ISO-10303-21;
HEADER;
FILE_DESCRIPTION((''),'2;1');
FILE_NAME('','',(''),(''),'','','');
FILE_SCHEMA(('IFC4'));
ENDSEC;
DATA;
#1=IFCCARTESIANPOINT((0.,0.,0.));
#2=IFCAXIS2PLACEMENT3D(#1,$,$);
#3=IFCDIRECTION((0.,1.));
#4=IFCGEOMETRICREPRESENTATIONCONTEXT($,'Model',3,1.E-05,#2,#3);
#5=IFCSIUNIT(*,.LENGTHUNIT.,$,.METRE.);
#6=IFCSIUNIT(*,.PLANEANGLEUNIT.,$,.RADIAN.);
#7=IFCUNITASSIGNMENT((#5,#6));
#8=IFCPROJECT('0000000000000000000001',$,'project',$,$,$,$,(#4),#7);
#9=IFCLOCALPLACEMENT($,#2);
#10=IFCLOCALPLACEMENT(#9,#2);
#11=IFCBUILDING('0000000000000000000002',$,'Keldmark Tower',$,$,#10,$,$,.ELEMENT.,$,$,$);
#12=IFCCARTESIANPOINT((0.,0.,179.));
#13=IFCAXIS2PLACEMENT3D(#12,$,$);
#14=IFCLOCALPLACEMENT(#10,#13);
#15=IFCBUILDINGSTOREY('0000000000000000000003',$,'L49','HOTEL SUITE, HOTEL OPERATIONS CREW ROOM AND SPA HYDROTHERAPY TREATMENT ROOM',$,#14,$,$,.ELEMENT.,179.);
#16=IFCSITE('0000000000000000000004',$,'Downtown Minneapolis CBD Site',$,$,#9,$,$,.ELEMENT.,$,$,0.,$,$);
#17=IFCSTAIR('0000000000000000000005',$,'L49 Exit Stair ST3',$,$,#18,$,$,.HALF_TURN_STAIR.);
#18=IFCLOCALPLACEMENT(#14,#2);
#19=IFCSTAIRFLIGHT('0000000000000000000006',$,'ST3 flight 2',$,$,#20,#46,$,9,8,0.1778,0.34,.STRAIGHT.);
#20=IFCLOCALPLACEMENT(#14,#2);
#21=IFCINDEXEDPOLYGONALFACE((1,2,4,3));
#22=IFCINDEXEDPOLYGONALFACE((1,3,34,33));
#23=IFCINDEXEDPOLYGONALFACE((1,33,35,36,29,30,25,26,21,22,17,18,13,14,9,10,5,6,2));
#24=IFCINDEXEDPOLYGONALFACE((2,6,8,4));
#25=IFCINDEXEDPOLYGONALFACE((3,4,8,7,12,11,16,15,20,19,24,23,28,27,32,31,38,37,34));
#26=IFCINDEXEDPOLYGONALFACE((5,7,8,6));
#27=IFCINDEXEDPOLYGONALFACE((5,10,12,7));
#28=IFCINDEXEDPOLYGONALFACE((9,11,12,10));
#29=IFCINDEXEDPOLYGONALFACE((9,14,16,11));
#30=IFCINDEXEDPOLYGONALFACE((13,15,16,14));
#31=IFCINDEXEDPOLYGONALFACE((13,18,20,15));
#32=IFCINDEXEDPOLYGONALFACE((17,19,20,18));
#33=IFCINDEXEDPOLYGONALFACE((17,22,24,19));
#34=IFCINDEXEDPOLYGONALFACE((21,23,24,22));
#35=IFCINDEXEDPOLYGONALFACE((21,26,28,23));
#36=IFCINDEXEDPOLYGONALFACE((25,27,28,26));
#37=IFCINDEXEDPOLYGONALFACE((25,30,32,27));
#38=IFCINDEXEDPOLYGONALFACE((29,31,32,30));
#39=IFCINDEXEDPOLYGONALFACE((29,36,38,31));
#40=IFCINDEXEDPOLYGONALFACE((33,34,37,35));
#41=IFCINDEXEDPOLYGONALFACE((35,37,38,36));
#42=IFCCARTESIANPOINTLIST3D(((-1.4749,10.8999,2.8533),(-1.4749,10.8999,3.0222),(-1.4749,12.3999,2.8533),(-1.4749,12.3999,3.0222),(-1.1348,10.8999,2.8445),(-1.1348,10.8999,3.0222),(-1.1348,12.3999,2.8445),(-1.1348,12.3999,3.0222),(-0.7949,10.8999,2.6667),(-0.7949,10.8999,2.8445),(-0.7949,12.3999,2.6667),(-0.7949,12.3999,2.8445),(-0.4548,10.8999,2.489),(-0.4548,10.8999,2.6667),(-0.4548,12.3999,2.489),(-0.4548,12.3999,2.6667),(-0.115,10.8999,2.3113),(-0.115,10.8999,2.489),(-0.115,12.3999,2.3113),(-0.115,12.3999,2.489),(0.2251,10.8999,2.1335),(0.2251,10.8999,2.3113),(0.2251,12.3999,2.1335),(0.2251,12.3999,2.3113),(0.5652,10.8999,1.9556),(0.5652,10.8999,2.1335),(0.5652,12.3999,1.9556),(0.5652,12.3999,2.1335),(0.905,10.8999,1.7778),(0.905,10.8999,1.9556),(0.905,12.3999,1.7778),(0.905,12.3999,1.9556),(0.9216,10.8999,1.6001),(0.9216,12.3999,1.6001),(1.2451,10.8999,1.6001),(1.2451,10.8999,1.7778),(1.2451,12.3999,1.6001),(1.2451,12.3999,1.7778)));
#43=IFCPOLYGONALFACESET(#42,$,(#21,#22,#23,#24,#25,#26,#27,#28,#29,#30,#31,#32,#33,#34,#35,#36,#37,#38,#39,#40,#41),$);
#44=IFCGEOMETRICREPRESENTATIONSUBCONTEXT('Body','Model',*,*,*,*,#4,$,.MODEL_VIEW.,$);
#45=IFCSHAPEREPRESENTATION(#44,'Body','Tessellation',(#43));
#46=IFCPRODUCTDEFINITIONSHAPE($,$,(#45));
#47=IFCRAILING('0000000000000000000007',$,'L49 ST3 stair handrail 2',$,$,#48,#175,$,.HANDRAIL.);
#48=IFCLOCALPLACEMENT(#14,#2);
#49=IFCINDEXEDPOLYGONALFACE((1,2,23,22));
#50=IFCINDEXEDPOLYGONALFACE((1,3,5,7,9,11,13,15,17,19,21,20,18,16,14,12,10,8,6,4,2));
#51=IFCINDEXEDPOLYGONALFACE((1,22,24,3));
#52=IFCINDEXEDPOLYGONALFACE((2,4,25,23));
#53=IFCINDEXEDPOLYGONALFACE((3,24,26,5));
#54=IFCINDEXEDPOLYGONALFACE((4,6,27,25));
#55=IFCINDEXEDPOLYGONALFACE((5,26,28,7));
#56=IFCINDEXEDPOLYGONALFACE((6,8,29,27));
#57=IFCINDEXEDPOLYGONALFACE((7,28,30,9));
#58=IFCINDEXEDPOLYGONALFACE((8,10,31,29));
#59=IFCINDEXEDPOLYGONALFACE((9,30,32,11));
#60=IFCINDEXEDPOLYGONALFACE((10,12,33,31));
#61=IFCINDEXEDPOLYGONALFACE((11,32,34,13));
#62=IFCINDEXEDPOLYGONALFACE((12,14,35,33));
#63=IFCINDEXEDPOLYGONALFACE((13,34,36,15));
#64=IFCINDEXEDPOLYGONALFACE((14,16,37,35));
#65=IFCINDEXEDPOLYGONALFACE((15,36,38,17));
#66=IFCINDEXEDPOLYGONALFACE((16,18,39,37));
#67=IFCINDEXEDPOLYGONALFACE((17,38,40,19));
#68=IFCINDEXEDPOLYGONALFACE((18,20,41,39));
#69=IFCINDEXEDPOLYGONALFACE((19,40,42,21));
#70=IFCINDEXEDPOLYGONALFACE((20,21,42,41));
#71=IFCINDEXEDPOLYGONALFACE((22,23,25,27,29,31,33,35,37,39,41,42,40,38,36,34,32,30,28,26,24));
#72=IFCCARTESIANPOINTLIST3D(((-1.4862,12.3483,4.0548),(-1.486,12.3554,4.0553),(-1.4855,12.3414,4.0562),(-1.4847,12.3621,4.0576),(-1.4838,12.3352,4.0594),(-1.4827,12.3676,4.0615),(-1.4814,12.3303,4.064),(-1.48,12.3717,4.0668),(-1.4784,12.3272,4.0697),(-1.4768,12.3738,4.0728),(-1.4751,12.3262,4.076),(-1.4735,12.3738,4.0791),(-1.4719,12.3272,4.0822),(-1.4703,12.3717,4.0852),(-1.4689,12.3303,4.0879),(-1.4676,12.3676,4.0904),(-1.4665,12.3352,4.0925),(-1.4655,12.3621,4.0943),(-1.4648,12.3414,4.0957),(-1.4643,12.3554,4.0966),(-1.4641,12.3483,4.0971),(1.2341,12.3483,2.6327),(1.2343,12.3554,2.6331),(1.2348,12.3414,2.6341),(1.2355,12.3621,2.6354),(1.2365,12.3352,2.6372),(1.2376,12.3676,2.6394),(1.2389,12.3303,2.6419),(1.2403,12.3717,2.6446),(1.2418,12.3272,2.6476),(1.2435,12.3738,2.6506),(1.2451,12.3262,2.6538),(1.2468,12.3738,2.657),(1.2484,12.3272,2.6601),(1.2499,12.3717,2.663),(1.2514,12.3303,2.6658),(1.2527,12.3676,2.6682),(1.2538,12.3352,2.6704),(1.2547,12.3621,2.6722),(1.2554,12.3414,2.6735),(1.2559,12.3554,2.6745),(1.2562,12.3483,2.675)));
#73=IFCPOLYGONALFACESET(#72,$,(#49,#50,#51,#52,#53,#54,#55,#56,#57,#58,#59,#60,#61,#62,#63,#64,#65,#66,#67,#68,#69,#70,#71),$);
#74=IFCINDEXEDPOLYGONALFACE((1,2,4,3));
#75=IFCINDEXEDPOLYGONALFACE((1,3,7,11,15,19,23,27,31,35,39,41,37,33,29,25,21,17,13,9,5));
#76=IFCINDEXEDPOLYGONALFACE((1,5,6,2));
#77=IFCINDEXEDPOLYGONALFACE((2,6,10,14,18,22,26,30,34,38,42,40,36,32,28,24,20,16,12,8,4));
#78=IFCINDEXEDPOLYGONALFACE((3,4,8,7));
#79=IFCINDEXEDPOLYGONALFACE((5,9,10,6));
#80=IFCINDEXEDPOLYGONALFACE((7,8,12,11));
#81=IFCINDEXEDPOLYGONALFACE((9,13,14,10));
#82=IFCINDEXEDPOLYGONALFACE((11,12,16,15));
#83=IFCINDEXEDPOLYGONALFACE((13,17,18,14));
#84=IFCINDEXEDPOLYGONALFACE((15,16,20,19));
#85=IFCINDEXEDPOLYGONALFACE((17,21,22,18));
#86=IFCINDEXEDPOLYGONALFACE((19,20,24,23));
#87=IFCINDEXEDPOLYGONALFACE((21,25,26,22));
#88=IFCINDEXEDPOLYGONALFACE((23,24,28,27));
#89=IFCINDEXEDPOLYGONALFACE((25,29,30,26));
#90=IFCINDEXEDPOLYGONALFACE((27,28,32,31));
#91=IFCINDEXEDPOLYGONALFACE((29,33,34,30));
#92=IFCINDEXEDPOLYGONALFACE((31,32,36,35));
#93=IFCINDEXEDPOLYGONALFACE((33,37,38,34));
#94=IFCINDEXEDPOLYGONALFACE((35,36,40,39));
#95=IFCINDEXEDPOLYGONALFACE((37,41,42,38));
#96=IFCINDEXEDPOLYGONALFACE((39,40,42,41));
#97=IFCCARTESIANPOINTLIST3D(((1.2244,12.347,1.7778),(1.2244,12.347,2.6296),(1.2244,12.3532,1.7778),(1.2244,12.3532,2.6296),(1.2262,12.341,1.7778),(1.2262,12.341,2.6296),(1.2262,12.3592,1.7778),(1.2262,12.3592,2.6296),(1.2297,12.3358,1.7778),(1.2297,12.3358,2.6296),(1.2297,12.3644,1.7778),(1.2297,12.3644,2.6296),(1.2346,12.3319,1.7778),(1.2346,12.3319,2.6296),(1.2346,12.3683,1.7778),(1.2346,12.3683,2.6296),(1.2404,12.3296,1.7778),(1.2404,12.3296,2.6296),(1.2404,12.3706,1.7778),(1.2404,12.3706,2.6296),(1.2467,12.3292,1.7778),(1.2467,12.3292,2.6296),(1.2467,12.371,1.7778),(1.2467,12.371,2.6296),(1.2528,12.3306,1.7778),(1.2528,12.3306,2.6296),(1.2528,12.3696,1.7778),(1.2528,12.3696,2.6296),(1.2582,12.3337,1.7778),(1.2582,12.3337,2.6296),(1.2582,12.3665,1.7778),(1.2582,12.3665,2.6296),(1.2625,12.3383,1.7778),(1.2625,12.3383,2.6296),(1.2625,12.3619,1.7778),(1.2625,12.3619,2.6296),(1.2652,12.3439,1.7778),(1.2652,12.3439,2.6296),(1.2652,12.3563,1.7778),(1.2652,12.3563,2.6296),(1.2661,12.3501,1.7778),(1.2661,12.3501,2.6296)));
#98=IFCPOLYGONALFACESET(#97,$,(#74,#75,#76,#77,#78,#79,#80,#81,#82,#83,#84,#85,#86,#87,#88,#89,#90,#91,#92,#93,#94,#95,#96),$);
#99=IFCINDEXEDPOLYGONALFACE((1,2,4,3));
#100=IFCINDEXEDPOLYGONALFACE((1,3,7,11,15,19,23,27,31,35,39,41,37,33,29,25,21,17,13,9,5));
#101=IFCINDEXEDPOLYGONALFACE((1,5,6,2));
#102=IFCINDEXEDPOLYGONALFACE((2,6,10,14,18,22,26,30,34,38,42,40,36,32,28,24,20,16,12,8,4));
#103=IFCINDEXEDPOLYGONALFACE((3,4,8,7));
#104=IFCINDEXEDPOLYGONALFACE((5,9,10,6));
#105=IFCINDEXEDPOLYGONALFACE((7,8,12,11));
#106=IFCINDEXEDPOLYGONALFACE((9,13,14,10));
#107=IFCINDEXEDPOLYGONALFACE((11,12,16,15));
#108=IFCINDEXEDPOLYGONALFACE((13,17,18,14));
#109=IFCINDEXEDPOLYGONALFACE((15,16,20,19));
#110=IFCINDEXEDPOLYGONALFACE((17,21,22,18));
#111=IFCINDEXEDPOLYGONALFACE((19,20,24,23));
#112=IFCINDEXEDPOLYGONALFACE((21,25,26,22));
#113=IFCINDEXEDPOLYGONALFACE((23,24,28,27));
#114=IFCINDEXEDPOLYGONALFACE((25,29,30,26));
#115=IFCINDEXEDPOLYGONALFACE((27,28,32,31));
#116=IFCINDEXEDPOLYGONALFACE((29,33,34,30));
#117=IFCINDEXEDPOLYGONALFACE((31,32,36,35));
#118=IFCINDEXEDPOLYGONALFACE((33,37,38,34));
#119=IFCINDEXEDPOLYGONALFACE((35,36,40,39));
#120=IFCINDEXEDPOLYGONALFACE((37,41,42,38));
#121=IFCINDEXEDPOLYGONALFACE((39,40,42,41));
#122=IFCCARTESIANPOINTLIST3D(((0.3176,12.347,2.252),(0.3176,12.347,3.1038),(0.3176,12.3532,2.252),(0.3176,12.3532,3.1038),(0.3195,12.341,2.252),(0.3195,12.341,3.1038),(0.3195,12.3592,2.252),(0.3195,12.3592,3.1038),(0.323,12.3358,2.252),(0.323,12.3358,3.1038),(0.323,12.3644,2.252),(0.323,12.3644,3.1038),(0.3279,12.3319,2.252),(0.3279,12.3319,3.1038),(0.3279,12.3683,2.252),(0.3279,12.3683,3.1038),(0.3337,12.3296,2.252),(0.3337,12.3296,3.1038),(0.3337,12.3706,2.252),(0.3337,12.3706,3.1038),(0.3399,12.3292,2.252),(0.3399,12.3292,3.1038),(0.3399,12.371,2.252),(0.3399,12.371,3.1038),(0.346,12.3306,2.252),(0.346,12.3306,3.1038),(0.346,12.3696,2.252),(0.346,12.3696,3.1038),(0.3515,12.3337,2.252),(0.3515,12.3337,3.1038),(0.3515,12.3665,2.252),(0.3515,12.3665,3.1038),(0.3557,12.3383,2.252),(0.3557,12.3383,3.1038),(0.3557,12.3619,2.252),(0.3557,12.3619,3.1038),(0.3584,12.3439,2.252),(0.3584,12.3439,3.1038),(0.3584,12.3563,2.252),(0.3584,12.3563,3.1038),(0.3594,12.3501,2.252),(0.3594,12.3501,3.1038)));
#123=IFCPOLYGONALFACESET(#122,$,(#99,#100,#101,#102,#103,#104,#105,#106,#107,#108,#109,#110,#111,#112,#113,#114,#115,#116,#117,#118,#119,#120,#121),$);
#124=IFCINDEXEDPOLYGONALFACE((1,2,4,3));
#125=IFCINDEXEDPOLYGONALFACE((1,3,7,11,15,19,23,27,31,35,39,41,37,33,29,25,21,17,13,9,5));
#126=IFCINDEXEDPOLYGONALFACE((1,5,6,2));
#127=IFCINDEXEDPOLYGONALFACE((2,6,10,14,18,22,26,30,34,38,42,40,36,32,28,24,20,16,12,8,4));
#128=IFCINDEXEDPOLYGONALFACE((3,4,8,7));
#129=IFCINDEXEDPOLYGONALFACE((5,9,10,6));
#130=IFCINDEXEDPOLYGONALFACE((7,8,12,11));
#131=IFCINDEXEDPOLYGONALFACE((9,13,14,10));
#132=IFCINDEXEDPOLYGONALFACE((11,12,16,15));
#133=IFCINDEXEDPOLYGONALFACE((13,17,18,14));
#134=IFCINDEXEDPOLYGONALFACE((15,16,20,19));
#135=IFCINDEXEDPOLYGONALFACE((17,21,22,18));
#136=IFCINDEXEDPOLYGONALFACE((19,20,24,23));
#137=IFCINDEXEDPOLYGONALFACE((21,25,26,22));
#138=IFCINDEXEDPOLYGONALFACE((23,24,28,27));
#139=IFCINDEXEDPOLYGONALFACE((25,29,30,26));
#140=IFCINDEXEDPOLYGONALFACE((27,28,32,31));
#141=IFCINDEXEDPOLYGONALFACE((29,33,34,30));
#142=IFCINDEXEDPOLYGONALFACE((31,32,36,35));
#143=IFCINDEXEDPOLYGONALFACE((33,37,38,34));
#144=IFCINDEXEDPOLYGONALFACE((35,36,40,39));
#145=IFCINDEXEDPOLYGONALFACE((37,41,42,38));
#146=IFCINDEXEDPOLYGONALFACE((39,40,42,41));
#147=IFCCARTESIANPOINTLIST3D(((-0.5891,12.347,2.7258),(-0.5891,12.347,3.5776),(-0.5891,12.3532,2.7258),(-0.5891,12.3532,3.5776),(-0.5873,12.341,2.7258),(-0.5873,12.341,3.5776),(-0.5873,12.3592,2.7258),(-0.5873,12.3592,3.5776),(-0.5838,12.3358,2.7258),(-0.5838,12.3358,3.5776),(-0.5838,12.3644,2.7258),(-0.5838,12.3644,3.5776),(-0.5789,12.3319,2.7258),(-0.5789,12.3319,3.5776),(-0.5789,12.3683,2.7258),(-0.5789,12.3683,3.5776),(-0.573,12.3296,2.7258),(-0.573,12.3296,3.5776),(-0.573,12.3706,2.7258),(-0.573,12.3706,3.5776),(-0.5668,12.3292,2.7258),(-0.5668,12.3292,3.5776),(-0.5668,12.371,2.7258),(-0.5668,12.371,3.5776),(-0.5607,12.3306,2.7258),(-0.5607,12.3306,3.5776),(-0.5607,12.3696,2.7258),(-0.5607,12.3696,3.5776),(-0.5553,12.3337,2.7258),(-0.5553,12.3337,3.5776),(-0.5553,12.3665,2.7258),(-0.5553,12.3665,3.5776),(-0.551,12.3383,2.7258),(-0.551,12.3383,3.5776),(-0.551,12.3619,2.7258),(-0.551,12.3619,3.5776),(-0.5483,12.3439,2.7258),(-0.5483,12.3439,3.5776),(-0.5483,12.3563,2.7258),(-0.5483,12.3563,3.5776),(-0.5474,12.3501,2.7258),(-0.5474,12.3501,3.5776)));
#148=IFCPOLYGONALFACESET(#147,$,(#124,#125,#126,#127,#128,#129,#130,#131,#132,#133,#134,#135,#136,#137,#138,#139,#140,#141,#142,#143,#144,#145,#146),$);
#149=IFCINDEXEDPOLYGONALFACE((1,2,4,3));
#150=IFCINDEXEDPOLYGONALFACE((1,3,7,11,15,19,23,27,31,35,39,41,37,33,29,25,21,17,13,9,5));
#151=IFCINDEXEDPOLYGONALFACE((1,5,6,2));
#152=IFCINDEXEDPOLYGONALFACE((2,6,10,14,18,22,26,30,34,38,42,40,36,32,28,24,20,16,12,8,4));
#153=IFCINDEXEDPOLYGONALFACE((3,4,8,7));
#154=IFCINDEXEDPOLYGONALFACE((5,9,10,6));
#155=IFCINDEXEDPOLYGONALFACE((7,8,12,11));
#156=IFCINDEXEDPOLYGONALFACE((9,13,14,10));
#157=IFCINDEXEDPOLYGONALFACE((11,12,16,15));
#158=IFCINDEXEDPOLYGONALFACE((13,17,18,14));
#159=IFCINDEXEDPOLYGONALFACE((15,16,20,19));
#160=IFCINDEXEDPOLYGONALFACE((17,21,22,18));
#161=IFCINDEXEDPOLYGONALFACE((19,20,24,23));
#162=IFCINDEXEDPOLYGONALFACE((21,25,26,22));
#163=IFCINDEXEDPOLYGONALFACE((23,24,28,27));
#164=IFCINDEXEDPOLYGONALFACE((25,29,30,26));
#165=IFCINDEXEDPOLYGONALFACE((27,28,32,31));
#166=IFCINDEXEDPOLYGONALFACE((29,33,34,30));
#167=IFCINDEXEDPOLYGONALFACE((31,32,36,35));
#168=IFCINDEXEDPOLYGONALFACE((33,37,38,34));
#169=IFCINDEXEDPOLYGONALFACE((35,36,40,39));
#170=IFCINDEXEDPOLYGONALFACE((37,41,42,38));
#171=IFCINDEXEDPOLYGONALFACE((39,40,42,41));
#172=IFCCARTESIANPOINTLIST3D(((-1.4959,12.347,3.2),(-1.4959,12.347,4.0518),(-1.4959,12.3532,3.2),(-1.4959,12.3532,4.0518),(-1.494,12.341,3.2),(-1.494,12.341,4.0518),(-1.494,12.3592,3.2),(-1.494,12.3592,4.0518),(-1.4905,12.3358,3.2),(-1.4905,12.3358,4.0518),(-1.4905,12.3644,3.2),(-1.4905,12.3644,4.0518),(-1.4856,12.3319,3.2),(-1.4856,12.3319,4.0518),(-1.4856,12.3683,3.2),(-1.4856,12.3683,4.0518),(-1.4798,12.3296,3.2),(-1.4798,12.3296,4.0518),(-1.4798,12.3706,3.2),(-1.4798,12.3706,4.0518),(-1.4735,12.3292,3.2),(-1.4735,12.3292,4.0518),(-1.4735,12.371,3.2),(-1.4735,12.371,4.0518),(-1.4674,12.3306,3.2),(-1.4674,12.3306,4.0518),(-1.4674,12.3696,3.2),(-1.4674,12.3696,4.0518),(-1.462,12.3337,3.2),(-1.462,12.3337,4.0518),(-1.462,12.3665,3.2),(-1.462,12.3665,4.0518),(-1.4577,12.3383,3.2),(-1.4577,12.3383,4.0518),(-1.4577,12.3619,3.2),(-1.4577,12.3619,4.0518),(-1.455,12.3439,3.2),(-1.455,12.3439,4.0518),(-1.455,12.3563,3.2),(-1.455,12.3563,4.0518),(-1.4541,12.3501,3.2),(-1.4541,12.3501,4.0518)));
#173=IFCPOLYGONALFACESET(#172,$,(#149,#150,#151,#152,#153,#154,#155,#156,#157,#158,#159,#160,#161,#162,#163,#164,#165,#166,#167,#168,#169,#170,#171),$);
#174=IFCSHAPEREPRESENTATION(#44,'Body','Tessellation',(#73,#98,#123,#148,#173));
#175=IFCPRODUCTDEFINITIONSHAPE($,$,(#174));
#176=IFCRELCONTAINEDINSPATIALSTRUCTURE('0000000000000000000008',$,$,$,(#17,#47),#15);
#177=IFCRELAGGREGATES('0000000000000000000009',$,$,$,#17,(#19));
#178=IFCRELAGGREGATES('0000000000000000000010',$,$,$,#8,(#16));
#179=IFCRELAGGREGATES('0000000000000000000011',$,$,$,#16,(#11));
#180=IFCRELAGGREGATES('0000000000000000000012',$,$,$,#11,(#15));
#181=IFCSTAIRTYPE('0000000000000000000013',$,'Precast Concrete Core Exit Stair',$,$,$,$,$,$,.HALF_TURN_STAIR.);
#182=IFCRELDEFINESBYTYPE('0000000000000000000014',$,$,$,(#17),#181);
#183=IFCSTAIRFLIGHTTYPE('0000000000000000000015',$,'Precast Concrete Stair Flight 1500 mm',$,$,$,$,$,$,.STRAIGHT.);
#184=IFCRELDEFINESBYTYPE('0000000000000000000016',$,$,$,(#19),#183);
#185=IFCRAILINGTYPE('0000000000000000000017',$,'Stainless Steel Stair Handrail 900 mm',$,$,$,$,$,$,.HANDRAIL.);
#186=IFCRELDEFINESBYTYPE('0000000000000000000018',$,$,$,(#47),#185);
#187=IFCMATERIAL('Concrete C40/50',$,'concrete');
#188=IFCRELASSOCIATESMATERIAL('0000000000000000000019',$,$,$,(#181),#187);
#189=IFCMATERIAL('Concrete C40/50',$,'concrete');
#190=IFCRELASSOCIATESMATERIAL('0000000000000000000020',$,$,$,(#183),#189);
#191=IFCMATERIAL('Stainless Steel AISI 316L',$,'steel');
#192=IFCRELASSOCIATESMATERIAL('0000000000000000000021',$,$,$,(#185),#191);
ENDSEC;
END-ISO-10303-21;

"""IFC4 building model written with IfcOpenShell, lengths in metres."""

from ifc_helpers import new_model, si_unit, direction, frame, origin, origin_2d, place, context, subcontext, project, spatial, polyline, circle, outline, extrude, material, type_object, element, aggregate, save


model = new_model("IFC4")

# Units and contexts
model_context = context("Model", 3, precision=1e-05, world=origin(), true_north=direction((0.0, 1.0)))
body_context = subcontext(model_context, "Body", "Model", "MODEL_VIEW")
ifc_project = project(units=[si_unit("LENGTHUNIT", "METRE"), si_unit("PLANEANGLEUNIT", "RADIAN")], contexts=[model_context])

# Site, building, storey
site_placement = place(None, origin())
site = spatial("IfcSite", under=ifc_project, at=site_placement, Name="Downtown Minneapolis CBD Site", CompositionType="ELEMENT", RefElevation=0.0)
building_placement = place(site_placement, origin())
building = spatial("IfcBuilding", under=site, at=building_placement, Name="Keldmark Tower", CompositionType="ELEMENT")
storey_placement = place(building_placement, frame((0.0, 0.0, 179.0)))
storey = spatial("IfcBuildingStorey", under=building, at=storey_placement, Name="L49", Description="HOTEL SUITE, HOTEL OPERATIONS CREW ROOM AND SPA HYDROTHERAPY TREATMENT ROOM", CompositionType="ELEMENT", Elevation=179.0)

# Stair, stair flight
ifc_material_1 = material(Name="Concrete C40/50", Category="concrete")
stair_type = type_object("IfcStairType", Name="Precast Concrete Core Exit Stair", PredefinedType="HALF_TURN_STAIR", material=ifc_material_1)
stair_placement = place(storey_placement, origin())
stair = element("IfcStair", 1, at=stair_placement, inside=storey, type_object=stair_type, Name="L49 Exit Stair ST3", PredefinedType="HALF_TURN_STAIR")
ifc_material_2 = material(Name="Concrete C40/50", Category="concrete")
stair_flight_type = type_object("IfcStairFlightType", Name="Precast Concrete Stair Flight 1500 mm", PredefinedType="STRAIGHT", material=ifc_material_2)
stair_flight_placement = place(storey_placement, frame((1.2451, 11.6499, 1.6001), z_axis=(0.0, 0.0, 1.0), x_axis=(-1.0, 0.0, 0.0)))
stair_flight = element("IfcStairFlight", 2, at=stair_flight_placement, type_object=stair_flight_type, Name="ST3 flight 2", NumberOfRisers=9, NumberOfTreads=8, PredefinedType="STRAIGHT", RiserHeight=0.1778, TreadLength=0.34, context=body_context, shape_type="SweptSolid", body=[
    extrude(outline(polyline([(0.0, 0.0), (0.0, 0.1777), (0.3401, 0.1777), (0.3401, 0.3555), (0.6799, 0.3555), (0.6799, 0.5334), (1.02, 0.5334), (1.02, 0.7112), (1.3601, 0.7112), (1.3601, 0.8889), (1.7, 0.8889), (1.7, 1.0667), (2.04, 1.0667), (2.04, 1.2444), (2.3799, 1.2444), (2.3799, 1.4221), (2.72, 1.4221), (2.72, 1.6001), (2.72, 1.2532), (0.3235, 0.0), (0.0, 0.0)])), frame((0.0, 0.75, 0.0), z_axis=(0.0, -1.0, 0.0), x_axis=(1.0, 0.0, 0.0)), (0.0, 0.0, 1.0), 1.5),
])
aggregate(stair, [stair_flight])

# Railing
ifc_material_3 = material(Name="Stainless Steel AISI 316L", Category="steel")
railing_type = type_object("IfcRailingType", Name="Stainless Steel Stair Handrail 900 mm", PredefinedType="HANDRAIL", material=ifc_material_3)
railing_placement = place(storey_placement, frame((1.2451, 12.3501, 1.7778)))
element("IfcRailing", 3, at=railing_placement, inside=storey, type_object=railing_type, Name="L49 ST3 stair handrail 2", PredefinedType="HANDRAIL", context=body_context, shape_type="SweptSolid", body=[
    extrude(circle(Radius=0.0239, at=origin_2d()), frame((0.0, 0.0, 0.876), z_axis=(-0.8862, 0.0, 0.463302), x_axis=(0.0, -1.0, 0.0)), (0.0, 0.0, 1.0), 3.0696),
    extrude(circle(Radius=0.021, at=origin_2d()), origin(), (0.0, 0.0, 1.0), 0.8518),
    extrude(circle(Radius=0.021, at=origin_2d()), frame((-0.9067, 0.0, 0.4741)), (0.0, 0.0, 1.0), 0.8518),
    extrude(circle(Radius=0.021, at=origin_2d()), frame((-1.8135, 0.0, 0.948)), (0.0, 0.0, 1.0), 0.8518),
    extrude(circle(Radius=0.021, at=origin_2d()), frame((-2.7202, 0.0, 1.4221)), (0.0, 0.0, 1.0), 0.8518),
])

save(model, "model.ifc")
